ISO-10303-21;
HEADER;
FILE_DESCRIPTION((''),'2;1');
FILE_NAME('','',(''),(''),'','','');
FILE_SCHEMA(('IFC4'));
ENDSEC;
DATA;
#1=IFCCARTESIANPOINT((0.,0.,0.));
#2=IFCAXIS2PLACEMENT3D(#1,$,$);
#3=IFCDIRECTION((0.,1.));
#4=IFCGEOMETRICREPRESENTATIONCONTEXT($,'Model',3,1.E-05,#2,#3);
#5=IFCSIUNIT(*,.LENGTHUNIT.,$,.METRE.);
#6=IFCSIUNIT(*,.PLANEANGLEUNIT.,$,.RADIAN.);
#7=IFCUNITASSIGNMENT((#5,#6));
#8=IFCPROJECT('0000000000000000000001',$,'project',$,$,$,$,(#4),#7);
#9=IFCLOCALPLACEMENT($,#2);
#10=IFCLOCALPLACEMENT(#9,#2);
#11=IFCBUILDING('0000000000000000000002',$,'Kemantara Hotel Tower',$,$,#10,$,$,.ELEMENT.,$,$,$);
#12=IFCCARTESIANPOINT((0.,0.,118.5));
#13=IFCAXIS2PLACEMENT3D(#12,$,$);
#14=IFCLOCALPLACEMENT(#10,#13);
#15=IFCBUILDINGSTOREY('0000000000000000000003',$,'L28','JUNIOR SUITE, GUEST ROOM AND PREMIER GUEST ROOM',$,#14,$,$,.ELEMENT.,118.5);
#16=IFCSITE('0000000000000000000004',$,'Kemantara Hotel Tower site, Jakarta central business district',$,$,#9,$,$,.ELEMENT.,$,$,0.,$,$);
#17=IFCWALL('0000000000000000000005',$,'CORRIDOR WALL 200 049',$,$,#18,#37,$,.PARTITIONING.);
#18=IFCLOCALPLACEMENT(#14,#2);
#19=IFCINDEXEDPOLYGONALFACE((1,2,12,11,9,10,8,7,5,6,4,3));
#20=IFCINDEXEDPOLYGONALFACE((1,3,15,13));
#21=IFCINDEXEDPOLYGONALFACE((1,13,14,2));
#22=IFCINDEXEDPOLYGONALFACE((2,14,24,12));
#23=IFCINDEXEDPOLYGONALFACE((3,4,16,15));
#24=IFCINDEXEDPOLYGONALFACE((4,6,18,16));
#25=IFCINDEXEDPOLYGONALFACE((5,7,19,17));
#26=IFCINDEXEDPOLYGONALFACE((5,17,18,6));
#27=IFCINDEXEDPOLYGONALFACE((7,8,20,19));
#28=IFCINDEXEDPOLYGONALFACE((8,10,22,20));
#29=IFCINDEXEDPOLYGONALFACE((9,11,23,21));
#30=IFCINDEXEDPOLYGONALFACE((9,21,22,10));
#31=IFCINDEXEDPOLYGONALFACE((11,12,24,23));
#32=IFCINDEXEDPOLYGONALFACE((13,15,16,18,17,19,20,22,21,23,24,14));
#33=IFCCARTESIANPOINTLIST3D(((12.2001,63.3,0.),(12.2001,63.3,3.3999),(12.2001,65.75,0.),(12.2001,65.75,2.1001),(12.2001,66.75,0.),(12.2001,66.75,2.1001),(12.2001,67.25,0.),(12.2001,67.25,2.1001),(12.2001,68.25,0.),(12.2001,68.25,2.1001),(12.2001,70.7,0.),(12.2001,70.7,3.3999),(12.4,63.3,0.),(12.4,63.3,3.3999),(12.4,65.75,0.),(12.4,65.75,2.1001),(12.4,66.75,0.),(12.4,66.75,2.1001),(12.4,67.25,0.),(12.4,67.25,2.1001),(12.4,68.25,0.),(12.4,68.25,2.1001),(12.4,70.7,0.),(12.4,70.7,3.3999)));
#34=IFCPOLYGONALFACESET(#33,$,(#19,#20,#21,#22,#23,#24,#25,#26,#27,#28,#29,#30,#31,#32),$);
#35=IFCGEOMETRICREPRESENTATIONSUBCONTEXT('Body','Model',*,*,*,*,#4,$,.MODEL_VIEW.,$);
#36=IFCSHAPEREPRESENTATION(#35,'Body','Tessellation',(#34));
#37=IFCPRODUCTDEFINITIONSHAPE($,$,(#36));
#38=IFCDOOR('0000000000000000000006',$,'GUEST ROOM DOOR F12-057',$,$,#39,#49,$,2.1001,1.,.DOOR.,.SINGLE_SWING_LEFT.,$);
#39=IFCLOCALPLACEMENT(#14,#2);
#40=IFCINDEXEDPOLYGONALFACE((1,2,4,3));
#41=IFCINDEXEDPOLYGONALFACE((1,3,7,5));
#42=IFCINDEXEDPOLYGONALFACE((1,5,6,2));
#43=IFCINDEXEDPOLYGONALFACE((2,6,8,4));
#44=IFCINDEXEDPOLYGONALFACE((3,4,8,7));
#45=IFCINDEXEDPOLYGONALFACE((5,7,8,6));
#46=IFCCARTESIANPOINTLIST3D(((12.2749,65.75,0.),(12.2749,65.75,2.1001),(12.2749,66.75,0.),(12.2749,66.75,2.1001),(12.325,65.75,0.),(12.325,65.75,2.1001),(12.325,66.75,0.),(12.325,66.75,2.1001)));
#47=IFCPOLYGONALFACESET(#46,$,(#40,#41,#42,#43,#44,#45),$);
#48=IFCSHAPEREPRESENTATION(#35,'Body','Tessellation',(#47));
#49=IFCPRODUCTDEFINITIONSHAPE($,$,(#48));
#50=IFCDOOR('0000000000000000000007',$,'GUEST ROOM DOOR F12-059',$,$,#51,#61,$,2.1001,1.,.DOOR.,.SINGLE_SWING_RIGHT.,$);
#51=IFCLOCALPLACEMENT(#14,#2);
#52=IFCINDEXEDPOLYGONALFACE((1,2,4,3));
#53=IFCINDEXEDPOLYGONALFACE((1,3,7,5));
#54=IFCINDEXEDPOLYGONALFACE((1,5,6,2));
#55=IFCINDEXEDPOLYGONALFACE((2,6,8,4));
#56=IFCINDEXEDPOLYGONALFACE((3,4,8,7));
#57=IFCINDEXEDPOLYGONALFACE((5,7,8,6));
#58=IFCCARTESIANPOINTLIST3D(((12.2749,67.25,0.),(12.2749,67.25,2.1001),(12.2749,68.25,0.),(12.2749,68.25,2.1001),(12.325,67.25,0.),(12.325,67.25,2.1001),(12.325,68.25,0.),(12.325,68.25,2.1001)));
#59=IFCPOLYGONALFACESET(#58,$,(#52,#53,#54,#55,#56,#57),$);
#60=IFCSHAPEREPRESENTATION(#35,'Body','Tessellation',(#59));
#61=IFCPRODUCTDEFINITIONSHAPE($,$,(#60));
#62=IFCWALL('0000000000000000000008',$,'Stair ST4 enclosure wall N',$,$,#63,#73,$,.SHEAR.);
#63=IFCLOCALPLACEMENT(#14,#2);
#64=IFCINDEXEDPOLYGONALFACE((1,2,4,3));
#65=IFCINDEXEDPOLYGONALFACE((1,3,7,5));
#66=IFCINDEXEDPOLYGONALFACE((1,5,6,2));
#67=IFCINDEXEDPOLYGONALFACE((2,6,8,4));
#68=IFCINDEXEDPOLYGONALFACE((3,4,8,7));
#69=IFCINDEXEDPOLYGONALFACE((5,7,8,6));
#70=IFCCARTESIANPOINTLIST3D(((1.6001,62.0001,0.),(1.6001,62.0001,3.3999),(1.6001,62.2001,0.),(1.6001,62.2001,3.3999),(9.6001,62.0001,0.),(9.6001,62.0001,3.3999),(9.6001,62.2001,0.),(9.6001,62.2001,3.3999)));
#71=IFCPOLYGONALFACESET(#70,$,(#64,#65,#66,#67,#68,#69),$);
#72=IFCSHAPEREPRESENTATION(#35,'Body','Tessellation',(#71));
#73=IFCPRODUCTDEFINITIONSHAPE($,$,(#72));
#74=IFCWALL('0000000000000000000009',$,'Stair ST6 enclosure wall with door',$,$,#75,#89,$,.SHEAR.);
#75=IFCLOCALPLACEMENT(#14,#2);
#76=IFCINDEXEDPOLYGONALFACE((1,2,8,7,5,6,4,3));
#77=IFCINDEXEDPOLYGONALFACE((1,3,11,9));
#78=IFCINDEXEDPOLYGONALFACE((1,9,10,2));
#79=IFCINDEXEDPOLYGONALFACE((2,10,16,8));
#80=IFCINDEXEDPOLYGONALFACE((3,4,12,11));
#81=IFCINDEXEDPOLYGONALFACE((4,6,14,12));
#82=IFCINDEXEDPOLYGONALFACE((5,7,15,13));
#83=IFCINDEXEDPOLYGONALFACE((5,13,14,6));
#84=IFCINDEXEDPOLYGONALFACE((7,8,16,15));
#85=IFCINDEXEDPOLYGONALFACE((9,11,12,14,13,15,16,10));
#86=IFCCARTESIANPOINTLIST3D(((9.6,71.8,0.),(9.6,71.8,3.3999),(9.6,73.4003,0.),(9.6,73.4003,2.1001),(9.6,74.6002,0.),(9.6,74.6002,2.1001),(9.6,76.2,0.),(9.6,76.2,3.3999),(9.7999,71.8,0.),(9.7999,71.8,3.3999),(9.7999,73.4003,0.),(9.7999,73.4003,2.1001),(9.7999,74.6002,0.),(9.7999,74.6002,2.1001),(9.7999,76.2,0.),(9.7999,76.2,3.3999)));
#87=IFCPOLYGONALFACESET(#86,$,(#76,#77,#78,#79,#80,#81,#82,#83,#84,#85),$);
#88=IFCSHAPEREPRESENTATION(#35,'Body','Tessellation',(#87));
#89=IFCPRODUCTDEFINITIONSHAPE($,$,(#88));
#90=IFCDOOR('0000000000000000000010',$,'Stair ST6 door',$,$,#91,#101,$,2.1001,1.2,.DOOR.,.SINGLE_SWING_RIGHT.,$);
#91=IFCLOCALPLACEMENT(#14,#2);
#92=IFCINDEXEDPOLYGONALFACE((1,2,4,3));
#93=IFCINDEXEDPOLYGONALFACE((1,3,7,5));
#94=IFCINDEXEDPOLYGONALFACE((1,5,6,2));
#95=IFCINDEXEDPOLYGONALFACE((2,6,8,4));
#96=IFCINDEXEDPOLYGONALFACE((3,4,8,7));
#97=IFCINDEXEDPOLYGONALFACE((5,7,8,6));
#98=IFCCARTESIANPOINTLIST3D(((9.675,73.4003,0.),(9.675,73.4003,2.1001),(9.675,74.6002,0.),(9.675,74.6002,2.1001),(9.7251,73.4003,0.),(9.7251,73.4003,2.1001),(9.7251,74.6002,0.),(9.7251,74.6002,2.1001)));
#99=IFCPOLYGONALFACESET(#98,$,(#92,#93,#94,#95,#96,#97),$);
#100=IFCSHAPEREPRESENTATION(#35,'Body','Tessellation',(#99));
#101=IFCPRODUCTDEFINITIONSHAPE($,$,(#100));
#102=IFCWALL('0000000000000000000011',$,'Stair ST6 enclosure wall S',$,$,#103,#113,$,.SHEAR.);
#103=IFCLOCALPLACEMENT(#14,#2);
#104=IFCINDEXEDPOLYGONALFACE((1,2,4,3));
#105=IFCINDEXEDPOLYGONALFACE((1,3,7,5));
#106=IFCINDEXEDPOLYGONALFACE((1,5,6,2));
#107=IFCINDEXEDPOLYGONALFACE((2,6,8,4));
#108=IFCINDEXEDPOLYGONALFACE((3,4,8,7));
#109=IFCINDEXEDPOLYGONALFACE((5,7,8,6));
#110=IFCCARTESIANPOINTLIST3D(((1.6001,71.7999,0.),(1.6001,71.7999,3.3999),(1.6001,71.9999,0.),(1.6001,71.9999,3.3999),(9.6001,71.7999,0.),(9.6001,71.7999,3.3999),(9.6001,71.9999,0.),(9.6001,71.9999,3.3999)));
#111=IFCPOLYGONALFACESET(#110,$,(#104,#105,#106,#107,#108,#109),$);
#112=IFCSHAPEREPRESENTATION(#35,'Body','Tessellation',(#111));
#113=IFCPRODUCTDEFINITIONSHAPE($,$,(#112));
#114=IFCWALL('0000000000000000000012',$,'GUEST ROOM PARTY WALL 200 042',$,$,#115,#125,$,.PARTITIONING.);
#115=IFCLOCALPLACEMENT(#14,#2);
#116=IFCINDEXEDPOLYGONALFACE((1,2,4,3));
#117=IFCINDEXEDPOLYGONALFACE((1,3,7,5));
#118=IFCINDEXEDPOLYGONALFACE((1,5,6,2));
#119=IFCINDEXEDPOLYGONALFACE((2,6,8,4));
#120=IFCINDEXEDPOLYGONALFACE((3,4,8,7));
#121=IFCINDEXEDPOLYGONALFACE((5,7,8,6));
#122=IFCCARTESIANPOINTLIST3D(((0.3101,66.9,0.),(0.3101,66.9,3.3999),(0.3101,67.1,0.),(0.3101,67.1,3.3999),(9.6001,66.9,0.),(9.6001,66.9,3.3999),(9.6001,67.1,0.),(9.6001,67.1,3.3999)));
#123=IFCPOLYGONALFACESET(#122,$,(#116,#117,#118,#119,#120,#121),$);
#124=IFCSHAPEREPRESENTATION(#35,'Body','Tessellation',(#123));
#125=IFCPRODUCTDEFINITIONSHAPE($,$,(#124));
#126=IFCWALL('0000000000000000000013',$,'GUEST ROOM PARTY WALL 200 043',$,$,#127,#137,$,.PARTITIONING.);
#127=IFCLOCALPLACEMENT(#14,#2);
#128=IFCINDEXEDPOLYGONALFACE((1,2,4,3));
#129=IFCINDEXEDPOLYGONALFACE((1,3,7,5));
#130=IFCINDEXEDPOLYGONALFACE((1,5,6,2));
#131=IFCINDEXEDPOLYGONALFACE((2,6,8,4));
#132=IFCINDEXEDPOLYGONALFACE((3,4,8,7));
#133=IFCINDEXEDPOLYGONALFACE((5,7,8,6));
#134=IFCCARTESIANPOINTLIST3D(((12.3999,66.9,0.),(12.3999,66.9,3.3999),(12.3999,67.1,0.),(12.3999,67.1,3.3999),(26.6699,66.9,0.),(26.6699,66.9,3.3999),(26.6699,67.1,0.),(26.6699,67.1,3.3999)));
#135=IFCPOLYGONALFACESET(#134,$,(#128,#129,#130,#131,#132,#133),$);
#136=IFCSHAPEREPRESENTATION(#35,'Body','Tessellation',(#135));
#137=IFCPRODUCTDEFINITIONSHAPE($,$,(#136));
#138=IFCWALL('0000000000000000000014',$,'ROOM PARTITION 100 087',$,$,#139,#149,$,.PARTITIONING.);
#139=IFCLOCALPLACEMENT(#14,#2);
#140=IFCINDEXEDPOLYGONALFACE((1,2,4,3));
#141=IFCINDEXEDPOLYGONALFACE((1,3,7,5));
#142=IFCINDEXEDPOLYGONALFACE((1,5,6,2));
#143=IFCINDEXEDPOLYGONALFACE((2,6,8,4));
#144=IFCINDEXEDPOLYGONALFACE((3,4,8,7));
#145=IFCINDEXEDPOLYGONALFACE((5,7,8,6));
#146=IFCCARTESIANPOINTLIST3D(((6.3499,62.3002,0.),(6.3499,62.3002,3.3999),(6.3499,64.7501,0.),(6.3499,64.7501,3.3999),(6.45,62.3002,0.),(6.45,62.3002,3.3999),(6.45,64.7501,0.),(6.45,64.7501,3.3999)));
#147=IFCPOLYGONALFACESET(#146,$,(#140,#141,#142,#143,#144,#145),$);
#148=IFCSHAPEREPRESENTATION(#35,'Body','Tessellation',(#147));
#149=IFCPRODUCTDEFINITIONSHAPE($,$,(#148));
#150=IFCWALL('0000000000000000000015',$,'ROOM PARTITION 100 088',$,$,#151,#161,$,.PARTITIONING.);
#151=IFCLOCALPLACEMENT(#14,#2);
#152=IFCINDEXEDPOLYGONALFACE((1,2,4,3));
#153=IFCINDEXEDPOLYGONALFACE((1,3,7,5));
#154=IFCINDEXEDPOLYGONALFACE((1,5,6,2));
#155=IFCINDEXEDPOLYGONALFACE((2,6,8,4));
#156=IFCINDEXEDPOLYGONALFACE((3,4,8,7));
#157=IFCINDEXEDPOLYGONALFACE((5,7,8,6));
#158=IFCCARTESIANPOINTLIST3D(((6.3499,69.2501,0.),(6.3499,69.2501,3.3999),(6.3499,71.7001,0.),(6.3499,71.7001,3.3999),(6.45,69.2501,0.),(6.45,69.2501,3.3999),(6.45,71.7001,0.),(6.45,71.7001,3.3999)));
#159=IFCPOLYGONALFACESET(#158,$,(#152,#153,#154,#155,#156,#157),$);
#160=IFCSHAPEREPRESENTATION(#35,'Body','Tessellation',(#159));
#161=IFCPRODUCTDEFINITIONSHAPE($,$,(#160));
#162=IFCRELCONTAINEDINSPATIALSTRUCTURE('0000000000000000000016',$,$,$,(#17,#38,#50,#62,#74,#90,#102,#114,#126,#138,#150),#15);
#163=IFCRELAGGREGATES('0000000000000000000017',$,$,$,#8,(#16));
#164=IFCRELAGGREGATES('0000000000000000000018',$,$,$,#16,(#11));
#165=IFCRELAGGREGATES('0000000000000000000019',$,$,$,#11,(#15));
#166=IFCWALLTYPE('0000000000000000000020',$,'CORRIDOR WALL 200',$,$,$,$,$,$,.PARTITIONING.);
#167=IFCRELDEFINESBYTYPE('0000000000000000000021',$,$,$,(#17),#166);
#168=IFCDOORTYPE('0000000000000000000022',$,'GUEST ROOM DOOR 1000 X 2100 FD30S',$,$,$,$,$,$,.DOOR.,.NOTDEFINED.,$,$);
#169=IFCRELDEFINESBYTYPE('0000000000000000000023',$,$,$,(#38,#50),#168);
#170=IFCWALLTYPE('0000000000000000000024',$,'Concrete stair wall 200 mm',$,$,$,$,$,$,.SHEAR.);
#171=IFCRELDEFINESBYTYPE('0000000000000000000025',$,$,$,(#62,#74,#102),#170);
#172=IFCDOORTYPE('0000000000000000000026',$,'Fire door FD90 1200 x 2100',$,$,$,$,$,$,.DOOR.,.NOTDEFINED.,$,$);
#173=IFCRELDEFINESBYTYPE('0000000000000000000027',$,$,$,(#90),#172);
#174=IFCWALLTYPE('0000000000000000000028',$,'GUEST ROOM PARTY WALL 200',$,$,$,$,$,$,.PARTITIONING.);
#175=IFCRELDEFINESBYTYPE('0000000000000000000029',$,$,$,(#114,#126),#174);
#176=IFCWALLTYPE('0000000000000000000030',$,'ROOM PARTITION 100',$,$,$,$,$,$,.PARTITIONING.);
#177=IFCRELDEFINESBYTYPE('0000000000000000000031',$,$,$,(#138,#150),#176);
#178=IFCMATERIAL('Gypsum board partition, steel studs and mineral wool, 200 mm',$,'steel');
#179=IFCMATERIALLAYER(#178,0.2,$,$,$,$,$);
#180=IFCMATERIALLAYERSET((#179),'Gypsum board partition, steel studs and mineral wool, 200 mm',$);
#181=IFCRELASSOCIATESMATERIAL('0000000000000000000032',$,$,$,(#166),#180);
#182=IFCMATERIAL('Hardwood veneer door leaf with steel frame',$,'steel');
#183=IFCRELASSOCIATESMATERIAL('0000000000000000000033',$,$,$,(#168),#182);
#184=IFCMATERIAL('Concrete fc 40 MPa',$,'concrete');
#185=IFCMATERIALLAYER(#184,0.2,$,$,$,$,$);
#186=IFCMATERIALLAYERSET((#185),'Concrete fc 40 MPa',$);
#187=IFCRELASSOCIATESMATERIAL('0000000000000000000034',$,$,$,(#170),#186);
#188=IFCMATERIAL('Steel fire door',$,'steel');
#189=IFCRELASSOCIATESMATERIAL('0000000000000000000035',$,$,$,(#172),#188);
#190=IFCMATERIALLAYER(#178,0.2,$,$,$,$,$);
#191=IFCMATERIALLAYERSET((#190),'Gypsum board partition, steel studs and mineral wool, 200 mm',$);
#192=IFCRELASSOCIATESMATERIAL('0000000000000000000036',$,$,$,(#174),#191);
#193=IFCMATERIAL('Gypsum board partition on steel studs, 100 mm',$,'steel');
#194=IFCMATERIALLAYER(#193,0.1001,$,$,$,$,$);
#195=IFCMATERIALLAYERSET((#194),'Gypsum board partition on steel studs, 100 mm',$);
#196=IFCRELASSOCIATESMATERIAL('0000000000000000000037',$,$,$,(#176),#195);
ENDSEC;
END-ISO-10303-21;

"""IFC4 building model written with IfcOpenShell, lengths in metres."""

from ifc_helpers import new_model, si_unit, direction, frame, frame_2d, origin, place, context, subcontext, project, spatial, rectangle, extrude, material, layer, layer_set, type_object, element, fill, save


model = new_model("IFC4")

# Units and contexts
model_context = context("Model", 3, precision=1e-05, world=origin(), true_north=direction((0.0, 1.0)))
body_context = subcontext(model_context, "Body", "Model", "MODEL_VIEW")
ifc_project = project(units=[si_unit("LENGTHUNIT", "METRE"), si_unit("PLANEANGLEUNIT", "RADIAN")], contexts=[model_context])

# Site, building, storey
site_placement = place(None, origin())
site = spatial("IfcSite", under=ifc_project, at=site_placement, Name="Kemantara Hotel Tower site, Jakarta central business district", CompositionType="ELEMENT", RefElevation=0.0)
building_placement = place(site_placement, origin())
building = spatial("IfcBuilding", under=site, at=building_placement, Name="Kemantara Hotel Tower", CompositionType="ELEMENT")
storey_placement = place(building_placement, frame((0.0, 0.0, 118.5)))
storey = spatial("IfcBuildingStorey", under=building, at=storey_placement, Name="L28", Description="JUNIOR SUITE, GUEST ROOM AND PREMIER GUEST ROOM", CompositionType="ELEMENT", Elevation=118.5)

# Shared definitions
ifc_material_1 = material(Name="Gypsum board partition, steel studs and mineral wool, 200 mm", Category="steel")
ifc_layer_1 = layer(ifc_material_1, 0.2)
ifc_layer_set_1 = layer_set([ifc_layer_1], Name="Gypsum board partition, steel studs and mineral wool, 200 mm")
wall_type_1 = type_object("IfcWallType", Name="CORRIDOR WALL 200", PredefinedType="PARTITIONING", material=ifc_layer_set_1)
ifc_material_2 = material(Name="Hardwood veneer door leaf with steel frame", Category="steel")
door_type_1 = type_object("IfcDoorType", Name="GUEST ROOM DOOR 1000 X 2100 FD30S", OperationType="NOTDEFINED", PredefinedType="DOOR", material=ifc_material_2)

# Wall, openings, doors
wall_1_placement = place(storey_placement, frame((12.3, 70.7, 0.0), z_axis=(0.0, 0.0, 1.0), x_axis=(0.0, -1.0, 0.0)))
wall_1 = element("IfcWall", 1, at=wall_1_placement, inside=storey, type_object=wall_type_1, Name="CORRIDOR WALL 200 049", PredefinedType="PARTITIONING", context=body_context, shape_type="SweptSolid", body=[
    extrude(rectangle(XDim=7.3999, YDim=0.2, at=frame_2d((3.7, 0.0))), origin(), (0.0, 0.0, 1.0), 3.3999),
])
opening_1_placement = place(wall_1_placement, frame((3.95, 0.0, 0.0)))
opening_1 = element("IfcOpeningElement", 2, at=opening_1_placement, cuts=wall_1, PredefinedType="OPENING", context=body_context, shape_type="SweptSolid", body=[
    extrude(rectangle(XDim=1.0, YDim=2.1001, at=frame_2d((0.5, 1.05))), frame((0.0, 0.1099, 0.0), z_axis=(0.0, -1.0, 0.0), x_axis=(1.0, 0.0, 0.0)), (0.0, 0.0, 1.0), 0.22),
])
opening_2_placement = place(wall_1_placement, frame((2.45, 0.0, 0.0)))
opening_2 = element("IfcOpeningElement", 3, at=opening_2_placement, cuts=wall_1, PredefinedType="OPENING", context=body_context, shape_type="SweptSolid", body=[
    extrude(rectangle(XDim=1.0, YDim=2.1001, at=frame_2d((0.5, 1.05))), frame((0.0, 0.1099, 0.0), z_axis=(0.0, -1.0, 0.0), x_axis=(1.0, 0.0, 0.0)), (0.0, 0.0, 1.0), 0.22),
])
door_1_placement = place(opening_1_placement, origin())
door_1 = element("IfcDoor", 4, at=door_1_placement, inside=storey, type_object=door_type_1, Name="GUEST ROOM DOOR F12-057", OperationType="SINGLE_SWING_LEFT", OverallHeight=2.1001, OverallWidth=1.0, PredefinedType="DOOR", context=body_context, shape_type="SweptSolid", body=[
    extrude(rectangle(XDim=1.0, YDim=2.1001, at=frame_2d((0.5, 1.05))), frame((0.0, 0.0249, 0.0), z_axis=(0.0, -1.0, 0.0), x_axis=(1.0, 0.0, 0.0)), (0.0, 0.0, 1.0), 0.05),
])
fill(opening_1, door_1)
door_2_placement = place(opening_2_placement, origin())
door_2 = element("IfcDoor", 5, at=door_2_placement, inside=storey, type_object=door_type_1, Name="GUEST ROOM DOOR F12-059", OperationType="SINGLE_SWING_RIGHT", OverallHeight=2.1001, OverallWidth=1.0, PredefinedType="DOOR", context=body_context, shape_type="SweptSolid", body=[
    extrude(rectangle(XDim=1.0, YDim=2.1001, at=frame_2d((0.5, 1.05))), frame((0.0, 0.0249, 0.0), z_axis=(0.0, -1.0, 0.0), x_axis=(1.0, 0.0, 0.0)), (0.0, 0.0, 1.0), 0.05),
])
fill(opening_2, door_2)

# Wall
ifc_material_3 = material(Name="Concrete fc 40 MPa", Category="concrete")
ifc_layer_2 = layer(ifc_material_3, 0.2)
ifc_layer_set_2 = layer_set([ifc_layer_2], Name="Concrete fc 40 MPa")
wall_type_2 = type_object("IfcWallType", Name="Concrete stair wall 200 mm", PredefinedType="SHEAR", material=ifc_layer_set_2)
wall_2_placement = place(storey_placement, frame((1.6001, 62.1001, 0.0), z_axis=(0.0, 0.0, 1.0), x_axis=(1.0, 0.0, 0.0)))
element("IfcWall", 6, at=wall_2_placement, inside=storey, type_object=wall_type_2, Name="Stair ST4 enclosure wall N", PredefinedType="SHEAR", context=body_context, shape_type="SweptSolid", body=[
    extrude(rectangle(XDim=8.0, YDim=0.2, at=frame_2d((4.0, 0.0))), origin(), (0.0, 0.0, 1.0), 3.3999),
])

# Wall, opening, door
wall_3_placement = place(storey_placement, frame((9.7, 71.8, 0.0), z_axis=(0.0, 0.0, 1.0), x_axis=(0.0, 1.0, 0.0)))
wall_3 = element("IfcWall", 7, at=wall_3_placement, inside=storey, type_object=wall_type_2, Name="Stair ST6 enclosure wall with door", PredefinedType="SHEAR", context=body_context, shape_type="SweptSolid", body=[
    extrude(rectangle(XDim=4.3999, YDim=0.2, at=frame_2d((2.2, 0.0))), origin(), (0.0, 0.0, 1.0), 3.3999),
])
opening_3_placement = place(wall_3_placement, frame((1.6001, 0.0, 0.0)))
opening_3 = element("IfcOpeningElement", 8, at=opening_3_placement, cuts=wall_3, PredefinedType="OPENING", context=body_context, shape_type="SweptSolid", body=[
    extrude(rectangle(XDim=1.2, YDim=2.1001, at=frame_2d((0.6001, 1.05))), frame((0.0, 0.1099, 0.0), z_axis=(0.0, -1.0, 0.0), x_axis=(1.0, 0.0, 0.0)), (0.0, 0.0, 1.0), 0.22),
])
ifc_material_4 = material(Name="Steel fire door", Category="steel")
door_type_2 = type_object("IfcDoorType", Name="Fire door FD90 1200 x 2100", OperationType="NOTDEFINED", PredefinedType="DOOR", material=ifc_material_4)
door_3_placement = place(opening_3_placement, origin())
door_3 = element("IfcDoor", 9, at=door_3_placement, inside=storey, type_object=door_type_2, Name="Stair ST6 door", OperationType="SINGLE_SWING_RIGHT", OverallHeight=2.1001, OverallWidth=1.2, PredefinedType="DOOR", context=body_context, shape_type="SweptSolid", body=[
    extrude(rectangle(XDim=1.2, YDim=2.1001, at=frame_2d((0.6001, 1.05))), frame((0.0, 0.0249, 0.0), z_axis=(0.0, -1.0, 0.0), x_axis=(1.0, 0.0, 0.0)), (0.0, 0.0, 1.0), 0.05),
])
fill(opening_3, door_3)

# Walls
wall_4_placement = place(storey_placement, frame((1.6001, 71.8999, 0.0), z_axis=(0.0, 0.0, 1.0), x_axis=(1.0, 0.0, 0.0)))
element("IfcWall", 10, at=wall_4_placement, inside=storey, type_object=wall_type_2, Name="Stair ST6 enclosure wall S", PredefinedType="SHEAR", context=body_context, shape_type="SweptSolid", body=[
    extrude(rectangle(XDim=8.0, YDim=0.2, at=frame_2d((4.0, 0.0))), origin(), (0.0, 0.0, 1.0), 3.3999),
])
ifc_layer_3 = layer(ifc_material_1, 0.2)
ifc_layer_set_3 = layer_set([ifc_layer_3], Name="Gypsum board partition, steel studs and mineral wool, 200 mm")
wall_type_3 = type_object("IfcWallType", Name="GUEST ROOM PARTY WALL 200", PredefinedType="PARTITIONING", material=ifc_layer_set_3)
wall_5_placement = place(storey_placement, frame((0.3101, 67.0, 0.0), z_axis=(0.0, 0.0, 1.0), x_axis=(1.0, 0.0, 0.0)))
element("IfcWall", 11, at=wall_5_placement, inside=storey, type_object=wall_type_3, Name="GUEST ROOM PARTY WALL 200 042", PredefinedType="PARTITIONING", context=body_context, shape_type="SweptSolid", body=[
    extrude(rectangle(XDim=9.29, YDim=0.2, at=frame_2d((4.645, 0.0))), origin(), (0.0, 0.0, 1.0), 3.3999),
])
wall_6_placement = place(storey_placement, frame((12.3999, 67.0, 0.0), z_axis=(0.0, 0.0, 1.0), x_axis=(1.0, 0.0, 0.0)))
element("IfcWall", 12, at=wall_6_placement, inside=storey, type_object=wall_type_3, Name="GUEST ROOM PARTY WALL 200 043", PredefinedType="PARTITIONING", context=body_context, shape_type="SweptSolid", body=[
    extrude(rectangle(XDim=14.27, YDim=0.2, at=frame_2d((7.135, 0.0))), origin(), (0.0, 0.0, 1.0), 3.3999),
])
ifc_material_5 = material(Name="Gypsum board partition on steel studs, 100 mm", Category="steel")
ifc_layer_4 = layer(ifc_material_5, 0.1001)
ifc_layer_set_4 = layer_set([ifc_layer_4], Name="Gypsum board partition on steel studs, 100 mm")
wall_type_4 = type_object("IfcWallType", Name="ROOM PARTITION 100", PredefinedType="PARTITIONING", material=ifc_layer_set_4)
for number, where, z_axis, x_axis, name in (
    (13, (6.3999, 62.3, 0.0), (0.0, 0.0, 1.0), (0.0, 1.0, 0.0), "ROOM PARTITION 100 087"),
    (14, (6.3999, 69.25, 0.0), (0.0, 0.0, 1.0), (0.0, 1.0, 0.0), "ROOM PARTITION 100 088"),
):
    element("IfcWall", number, at=place(storey_placement, frame(where, z_axis=z_axis, x_axis=x_axis)), inside=storey, type_object=wall_type_4, Name=name, PredefinedType="PARTITIONING", context=body_context, shape_type="SweptSolid", body=[
        extrude(rectangle(XDim=2.45, YDim=0.1001, at=frame_2d((1.2251, 0.0))), origin(), (0.0, 0.0, 1.0), 3.3999),
    ])

save(model, "model.ifc")
